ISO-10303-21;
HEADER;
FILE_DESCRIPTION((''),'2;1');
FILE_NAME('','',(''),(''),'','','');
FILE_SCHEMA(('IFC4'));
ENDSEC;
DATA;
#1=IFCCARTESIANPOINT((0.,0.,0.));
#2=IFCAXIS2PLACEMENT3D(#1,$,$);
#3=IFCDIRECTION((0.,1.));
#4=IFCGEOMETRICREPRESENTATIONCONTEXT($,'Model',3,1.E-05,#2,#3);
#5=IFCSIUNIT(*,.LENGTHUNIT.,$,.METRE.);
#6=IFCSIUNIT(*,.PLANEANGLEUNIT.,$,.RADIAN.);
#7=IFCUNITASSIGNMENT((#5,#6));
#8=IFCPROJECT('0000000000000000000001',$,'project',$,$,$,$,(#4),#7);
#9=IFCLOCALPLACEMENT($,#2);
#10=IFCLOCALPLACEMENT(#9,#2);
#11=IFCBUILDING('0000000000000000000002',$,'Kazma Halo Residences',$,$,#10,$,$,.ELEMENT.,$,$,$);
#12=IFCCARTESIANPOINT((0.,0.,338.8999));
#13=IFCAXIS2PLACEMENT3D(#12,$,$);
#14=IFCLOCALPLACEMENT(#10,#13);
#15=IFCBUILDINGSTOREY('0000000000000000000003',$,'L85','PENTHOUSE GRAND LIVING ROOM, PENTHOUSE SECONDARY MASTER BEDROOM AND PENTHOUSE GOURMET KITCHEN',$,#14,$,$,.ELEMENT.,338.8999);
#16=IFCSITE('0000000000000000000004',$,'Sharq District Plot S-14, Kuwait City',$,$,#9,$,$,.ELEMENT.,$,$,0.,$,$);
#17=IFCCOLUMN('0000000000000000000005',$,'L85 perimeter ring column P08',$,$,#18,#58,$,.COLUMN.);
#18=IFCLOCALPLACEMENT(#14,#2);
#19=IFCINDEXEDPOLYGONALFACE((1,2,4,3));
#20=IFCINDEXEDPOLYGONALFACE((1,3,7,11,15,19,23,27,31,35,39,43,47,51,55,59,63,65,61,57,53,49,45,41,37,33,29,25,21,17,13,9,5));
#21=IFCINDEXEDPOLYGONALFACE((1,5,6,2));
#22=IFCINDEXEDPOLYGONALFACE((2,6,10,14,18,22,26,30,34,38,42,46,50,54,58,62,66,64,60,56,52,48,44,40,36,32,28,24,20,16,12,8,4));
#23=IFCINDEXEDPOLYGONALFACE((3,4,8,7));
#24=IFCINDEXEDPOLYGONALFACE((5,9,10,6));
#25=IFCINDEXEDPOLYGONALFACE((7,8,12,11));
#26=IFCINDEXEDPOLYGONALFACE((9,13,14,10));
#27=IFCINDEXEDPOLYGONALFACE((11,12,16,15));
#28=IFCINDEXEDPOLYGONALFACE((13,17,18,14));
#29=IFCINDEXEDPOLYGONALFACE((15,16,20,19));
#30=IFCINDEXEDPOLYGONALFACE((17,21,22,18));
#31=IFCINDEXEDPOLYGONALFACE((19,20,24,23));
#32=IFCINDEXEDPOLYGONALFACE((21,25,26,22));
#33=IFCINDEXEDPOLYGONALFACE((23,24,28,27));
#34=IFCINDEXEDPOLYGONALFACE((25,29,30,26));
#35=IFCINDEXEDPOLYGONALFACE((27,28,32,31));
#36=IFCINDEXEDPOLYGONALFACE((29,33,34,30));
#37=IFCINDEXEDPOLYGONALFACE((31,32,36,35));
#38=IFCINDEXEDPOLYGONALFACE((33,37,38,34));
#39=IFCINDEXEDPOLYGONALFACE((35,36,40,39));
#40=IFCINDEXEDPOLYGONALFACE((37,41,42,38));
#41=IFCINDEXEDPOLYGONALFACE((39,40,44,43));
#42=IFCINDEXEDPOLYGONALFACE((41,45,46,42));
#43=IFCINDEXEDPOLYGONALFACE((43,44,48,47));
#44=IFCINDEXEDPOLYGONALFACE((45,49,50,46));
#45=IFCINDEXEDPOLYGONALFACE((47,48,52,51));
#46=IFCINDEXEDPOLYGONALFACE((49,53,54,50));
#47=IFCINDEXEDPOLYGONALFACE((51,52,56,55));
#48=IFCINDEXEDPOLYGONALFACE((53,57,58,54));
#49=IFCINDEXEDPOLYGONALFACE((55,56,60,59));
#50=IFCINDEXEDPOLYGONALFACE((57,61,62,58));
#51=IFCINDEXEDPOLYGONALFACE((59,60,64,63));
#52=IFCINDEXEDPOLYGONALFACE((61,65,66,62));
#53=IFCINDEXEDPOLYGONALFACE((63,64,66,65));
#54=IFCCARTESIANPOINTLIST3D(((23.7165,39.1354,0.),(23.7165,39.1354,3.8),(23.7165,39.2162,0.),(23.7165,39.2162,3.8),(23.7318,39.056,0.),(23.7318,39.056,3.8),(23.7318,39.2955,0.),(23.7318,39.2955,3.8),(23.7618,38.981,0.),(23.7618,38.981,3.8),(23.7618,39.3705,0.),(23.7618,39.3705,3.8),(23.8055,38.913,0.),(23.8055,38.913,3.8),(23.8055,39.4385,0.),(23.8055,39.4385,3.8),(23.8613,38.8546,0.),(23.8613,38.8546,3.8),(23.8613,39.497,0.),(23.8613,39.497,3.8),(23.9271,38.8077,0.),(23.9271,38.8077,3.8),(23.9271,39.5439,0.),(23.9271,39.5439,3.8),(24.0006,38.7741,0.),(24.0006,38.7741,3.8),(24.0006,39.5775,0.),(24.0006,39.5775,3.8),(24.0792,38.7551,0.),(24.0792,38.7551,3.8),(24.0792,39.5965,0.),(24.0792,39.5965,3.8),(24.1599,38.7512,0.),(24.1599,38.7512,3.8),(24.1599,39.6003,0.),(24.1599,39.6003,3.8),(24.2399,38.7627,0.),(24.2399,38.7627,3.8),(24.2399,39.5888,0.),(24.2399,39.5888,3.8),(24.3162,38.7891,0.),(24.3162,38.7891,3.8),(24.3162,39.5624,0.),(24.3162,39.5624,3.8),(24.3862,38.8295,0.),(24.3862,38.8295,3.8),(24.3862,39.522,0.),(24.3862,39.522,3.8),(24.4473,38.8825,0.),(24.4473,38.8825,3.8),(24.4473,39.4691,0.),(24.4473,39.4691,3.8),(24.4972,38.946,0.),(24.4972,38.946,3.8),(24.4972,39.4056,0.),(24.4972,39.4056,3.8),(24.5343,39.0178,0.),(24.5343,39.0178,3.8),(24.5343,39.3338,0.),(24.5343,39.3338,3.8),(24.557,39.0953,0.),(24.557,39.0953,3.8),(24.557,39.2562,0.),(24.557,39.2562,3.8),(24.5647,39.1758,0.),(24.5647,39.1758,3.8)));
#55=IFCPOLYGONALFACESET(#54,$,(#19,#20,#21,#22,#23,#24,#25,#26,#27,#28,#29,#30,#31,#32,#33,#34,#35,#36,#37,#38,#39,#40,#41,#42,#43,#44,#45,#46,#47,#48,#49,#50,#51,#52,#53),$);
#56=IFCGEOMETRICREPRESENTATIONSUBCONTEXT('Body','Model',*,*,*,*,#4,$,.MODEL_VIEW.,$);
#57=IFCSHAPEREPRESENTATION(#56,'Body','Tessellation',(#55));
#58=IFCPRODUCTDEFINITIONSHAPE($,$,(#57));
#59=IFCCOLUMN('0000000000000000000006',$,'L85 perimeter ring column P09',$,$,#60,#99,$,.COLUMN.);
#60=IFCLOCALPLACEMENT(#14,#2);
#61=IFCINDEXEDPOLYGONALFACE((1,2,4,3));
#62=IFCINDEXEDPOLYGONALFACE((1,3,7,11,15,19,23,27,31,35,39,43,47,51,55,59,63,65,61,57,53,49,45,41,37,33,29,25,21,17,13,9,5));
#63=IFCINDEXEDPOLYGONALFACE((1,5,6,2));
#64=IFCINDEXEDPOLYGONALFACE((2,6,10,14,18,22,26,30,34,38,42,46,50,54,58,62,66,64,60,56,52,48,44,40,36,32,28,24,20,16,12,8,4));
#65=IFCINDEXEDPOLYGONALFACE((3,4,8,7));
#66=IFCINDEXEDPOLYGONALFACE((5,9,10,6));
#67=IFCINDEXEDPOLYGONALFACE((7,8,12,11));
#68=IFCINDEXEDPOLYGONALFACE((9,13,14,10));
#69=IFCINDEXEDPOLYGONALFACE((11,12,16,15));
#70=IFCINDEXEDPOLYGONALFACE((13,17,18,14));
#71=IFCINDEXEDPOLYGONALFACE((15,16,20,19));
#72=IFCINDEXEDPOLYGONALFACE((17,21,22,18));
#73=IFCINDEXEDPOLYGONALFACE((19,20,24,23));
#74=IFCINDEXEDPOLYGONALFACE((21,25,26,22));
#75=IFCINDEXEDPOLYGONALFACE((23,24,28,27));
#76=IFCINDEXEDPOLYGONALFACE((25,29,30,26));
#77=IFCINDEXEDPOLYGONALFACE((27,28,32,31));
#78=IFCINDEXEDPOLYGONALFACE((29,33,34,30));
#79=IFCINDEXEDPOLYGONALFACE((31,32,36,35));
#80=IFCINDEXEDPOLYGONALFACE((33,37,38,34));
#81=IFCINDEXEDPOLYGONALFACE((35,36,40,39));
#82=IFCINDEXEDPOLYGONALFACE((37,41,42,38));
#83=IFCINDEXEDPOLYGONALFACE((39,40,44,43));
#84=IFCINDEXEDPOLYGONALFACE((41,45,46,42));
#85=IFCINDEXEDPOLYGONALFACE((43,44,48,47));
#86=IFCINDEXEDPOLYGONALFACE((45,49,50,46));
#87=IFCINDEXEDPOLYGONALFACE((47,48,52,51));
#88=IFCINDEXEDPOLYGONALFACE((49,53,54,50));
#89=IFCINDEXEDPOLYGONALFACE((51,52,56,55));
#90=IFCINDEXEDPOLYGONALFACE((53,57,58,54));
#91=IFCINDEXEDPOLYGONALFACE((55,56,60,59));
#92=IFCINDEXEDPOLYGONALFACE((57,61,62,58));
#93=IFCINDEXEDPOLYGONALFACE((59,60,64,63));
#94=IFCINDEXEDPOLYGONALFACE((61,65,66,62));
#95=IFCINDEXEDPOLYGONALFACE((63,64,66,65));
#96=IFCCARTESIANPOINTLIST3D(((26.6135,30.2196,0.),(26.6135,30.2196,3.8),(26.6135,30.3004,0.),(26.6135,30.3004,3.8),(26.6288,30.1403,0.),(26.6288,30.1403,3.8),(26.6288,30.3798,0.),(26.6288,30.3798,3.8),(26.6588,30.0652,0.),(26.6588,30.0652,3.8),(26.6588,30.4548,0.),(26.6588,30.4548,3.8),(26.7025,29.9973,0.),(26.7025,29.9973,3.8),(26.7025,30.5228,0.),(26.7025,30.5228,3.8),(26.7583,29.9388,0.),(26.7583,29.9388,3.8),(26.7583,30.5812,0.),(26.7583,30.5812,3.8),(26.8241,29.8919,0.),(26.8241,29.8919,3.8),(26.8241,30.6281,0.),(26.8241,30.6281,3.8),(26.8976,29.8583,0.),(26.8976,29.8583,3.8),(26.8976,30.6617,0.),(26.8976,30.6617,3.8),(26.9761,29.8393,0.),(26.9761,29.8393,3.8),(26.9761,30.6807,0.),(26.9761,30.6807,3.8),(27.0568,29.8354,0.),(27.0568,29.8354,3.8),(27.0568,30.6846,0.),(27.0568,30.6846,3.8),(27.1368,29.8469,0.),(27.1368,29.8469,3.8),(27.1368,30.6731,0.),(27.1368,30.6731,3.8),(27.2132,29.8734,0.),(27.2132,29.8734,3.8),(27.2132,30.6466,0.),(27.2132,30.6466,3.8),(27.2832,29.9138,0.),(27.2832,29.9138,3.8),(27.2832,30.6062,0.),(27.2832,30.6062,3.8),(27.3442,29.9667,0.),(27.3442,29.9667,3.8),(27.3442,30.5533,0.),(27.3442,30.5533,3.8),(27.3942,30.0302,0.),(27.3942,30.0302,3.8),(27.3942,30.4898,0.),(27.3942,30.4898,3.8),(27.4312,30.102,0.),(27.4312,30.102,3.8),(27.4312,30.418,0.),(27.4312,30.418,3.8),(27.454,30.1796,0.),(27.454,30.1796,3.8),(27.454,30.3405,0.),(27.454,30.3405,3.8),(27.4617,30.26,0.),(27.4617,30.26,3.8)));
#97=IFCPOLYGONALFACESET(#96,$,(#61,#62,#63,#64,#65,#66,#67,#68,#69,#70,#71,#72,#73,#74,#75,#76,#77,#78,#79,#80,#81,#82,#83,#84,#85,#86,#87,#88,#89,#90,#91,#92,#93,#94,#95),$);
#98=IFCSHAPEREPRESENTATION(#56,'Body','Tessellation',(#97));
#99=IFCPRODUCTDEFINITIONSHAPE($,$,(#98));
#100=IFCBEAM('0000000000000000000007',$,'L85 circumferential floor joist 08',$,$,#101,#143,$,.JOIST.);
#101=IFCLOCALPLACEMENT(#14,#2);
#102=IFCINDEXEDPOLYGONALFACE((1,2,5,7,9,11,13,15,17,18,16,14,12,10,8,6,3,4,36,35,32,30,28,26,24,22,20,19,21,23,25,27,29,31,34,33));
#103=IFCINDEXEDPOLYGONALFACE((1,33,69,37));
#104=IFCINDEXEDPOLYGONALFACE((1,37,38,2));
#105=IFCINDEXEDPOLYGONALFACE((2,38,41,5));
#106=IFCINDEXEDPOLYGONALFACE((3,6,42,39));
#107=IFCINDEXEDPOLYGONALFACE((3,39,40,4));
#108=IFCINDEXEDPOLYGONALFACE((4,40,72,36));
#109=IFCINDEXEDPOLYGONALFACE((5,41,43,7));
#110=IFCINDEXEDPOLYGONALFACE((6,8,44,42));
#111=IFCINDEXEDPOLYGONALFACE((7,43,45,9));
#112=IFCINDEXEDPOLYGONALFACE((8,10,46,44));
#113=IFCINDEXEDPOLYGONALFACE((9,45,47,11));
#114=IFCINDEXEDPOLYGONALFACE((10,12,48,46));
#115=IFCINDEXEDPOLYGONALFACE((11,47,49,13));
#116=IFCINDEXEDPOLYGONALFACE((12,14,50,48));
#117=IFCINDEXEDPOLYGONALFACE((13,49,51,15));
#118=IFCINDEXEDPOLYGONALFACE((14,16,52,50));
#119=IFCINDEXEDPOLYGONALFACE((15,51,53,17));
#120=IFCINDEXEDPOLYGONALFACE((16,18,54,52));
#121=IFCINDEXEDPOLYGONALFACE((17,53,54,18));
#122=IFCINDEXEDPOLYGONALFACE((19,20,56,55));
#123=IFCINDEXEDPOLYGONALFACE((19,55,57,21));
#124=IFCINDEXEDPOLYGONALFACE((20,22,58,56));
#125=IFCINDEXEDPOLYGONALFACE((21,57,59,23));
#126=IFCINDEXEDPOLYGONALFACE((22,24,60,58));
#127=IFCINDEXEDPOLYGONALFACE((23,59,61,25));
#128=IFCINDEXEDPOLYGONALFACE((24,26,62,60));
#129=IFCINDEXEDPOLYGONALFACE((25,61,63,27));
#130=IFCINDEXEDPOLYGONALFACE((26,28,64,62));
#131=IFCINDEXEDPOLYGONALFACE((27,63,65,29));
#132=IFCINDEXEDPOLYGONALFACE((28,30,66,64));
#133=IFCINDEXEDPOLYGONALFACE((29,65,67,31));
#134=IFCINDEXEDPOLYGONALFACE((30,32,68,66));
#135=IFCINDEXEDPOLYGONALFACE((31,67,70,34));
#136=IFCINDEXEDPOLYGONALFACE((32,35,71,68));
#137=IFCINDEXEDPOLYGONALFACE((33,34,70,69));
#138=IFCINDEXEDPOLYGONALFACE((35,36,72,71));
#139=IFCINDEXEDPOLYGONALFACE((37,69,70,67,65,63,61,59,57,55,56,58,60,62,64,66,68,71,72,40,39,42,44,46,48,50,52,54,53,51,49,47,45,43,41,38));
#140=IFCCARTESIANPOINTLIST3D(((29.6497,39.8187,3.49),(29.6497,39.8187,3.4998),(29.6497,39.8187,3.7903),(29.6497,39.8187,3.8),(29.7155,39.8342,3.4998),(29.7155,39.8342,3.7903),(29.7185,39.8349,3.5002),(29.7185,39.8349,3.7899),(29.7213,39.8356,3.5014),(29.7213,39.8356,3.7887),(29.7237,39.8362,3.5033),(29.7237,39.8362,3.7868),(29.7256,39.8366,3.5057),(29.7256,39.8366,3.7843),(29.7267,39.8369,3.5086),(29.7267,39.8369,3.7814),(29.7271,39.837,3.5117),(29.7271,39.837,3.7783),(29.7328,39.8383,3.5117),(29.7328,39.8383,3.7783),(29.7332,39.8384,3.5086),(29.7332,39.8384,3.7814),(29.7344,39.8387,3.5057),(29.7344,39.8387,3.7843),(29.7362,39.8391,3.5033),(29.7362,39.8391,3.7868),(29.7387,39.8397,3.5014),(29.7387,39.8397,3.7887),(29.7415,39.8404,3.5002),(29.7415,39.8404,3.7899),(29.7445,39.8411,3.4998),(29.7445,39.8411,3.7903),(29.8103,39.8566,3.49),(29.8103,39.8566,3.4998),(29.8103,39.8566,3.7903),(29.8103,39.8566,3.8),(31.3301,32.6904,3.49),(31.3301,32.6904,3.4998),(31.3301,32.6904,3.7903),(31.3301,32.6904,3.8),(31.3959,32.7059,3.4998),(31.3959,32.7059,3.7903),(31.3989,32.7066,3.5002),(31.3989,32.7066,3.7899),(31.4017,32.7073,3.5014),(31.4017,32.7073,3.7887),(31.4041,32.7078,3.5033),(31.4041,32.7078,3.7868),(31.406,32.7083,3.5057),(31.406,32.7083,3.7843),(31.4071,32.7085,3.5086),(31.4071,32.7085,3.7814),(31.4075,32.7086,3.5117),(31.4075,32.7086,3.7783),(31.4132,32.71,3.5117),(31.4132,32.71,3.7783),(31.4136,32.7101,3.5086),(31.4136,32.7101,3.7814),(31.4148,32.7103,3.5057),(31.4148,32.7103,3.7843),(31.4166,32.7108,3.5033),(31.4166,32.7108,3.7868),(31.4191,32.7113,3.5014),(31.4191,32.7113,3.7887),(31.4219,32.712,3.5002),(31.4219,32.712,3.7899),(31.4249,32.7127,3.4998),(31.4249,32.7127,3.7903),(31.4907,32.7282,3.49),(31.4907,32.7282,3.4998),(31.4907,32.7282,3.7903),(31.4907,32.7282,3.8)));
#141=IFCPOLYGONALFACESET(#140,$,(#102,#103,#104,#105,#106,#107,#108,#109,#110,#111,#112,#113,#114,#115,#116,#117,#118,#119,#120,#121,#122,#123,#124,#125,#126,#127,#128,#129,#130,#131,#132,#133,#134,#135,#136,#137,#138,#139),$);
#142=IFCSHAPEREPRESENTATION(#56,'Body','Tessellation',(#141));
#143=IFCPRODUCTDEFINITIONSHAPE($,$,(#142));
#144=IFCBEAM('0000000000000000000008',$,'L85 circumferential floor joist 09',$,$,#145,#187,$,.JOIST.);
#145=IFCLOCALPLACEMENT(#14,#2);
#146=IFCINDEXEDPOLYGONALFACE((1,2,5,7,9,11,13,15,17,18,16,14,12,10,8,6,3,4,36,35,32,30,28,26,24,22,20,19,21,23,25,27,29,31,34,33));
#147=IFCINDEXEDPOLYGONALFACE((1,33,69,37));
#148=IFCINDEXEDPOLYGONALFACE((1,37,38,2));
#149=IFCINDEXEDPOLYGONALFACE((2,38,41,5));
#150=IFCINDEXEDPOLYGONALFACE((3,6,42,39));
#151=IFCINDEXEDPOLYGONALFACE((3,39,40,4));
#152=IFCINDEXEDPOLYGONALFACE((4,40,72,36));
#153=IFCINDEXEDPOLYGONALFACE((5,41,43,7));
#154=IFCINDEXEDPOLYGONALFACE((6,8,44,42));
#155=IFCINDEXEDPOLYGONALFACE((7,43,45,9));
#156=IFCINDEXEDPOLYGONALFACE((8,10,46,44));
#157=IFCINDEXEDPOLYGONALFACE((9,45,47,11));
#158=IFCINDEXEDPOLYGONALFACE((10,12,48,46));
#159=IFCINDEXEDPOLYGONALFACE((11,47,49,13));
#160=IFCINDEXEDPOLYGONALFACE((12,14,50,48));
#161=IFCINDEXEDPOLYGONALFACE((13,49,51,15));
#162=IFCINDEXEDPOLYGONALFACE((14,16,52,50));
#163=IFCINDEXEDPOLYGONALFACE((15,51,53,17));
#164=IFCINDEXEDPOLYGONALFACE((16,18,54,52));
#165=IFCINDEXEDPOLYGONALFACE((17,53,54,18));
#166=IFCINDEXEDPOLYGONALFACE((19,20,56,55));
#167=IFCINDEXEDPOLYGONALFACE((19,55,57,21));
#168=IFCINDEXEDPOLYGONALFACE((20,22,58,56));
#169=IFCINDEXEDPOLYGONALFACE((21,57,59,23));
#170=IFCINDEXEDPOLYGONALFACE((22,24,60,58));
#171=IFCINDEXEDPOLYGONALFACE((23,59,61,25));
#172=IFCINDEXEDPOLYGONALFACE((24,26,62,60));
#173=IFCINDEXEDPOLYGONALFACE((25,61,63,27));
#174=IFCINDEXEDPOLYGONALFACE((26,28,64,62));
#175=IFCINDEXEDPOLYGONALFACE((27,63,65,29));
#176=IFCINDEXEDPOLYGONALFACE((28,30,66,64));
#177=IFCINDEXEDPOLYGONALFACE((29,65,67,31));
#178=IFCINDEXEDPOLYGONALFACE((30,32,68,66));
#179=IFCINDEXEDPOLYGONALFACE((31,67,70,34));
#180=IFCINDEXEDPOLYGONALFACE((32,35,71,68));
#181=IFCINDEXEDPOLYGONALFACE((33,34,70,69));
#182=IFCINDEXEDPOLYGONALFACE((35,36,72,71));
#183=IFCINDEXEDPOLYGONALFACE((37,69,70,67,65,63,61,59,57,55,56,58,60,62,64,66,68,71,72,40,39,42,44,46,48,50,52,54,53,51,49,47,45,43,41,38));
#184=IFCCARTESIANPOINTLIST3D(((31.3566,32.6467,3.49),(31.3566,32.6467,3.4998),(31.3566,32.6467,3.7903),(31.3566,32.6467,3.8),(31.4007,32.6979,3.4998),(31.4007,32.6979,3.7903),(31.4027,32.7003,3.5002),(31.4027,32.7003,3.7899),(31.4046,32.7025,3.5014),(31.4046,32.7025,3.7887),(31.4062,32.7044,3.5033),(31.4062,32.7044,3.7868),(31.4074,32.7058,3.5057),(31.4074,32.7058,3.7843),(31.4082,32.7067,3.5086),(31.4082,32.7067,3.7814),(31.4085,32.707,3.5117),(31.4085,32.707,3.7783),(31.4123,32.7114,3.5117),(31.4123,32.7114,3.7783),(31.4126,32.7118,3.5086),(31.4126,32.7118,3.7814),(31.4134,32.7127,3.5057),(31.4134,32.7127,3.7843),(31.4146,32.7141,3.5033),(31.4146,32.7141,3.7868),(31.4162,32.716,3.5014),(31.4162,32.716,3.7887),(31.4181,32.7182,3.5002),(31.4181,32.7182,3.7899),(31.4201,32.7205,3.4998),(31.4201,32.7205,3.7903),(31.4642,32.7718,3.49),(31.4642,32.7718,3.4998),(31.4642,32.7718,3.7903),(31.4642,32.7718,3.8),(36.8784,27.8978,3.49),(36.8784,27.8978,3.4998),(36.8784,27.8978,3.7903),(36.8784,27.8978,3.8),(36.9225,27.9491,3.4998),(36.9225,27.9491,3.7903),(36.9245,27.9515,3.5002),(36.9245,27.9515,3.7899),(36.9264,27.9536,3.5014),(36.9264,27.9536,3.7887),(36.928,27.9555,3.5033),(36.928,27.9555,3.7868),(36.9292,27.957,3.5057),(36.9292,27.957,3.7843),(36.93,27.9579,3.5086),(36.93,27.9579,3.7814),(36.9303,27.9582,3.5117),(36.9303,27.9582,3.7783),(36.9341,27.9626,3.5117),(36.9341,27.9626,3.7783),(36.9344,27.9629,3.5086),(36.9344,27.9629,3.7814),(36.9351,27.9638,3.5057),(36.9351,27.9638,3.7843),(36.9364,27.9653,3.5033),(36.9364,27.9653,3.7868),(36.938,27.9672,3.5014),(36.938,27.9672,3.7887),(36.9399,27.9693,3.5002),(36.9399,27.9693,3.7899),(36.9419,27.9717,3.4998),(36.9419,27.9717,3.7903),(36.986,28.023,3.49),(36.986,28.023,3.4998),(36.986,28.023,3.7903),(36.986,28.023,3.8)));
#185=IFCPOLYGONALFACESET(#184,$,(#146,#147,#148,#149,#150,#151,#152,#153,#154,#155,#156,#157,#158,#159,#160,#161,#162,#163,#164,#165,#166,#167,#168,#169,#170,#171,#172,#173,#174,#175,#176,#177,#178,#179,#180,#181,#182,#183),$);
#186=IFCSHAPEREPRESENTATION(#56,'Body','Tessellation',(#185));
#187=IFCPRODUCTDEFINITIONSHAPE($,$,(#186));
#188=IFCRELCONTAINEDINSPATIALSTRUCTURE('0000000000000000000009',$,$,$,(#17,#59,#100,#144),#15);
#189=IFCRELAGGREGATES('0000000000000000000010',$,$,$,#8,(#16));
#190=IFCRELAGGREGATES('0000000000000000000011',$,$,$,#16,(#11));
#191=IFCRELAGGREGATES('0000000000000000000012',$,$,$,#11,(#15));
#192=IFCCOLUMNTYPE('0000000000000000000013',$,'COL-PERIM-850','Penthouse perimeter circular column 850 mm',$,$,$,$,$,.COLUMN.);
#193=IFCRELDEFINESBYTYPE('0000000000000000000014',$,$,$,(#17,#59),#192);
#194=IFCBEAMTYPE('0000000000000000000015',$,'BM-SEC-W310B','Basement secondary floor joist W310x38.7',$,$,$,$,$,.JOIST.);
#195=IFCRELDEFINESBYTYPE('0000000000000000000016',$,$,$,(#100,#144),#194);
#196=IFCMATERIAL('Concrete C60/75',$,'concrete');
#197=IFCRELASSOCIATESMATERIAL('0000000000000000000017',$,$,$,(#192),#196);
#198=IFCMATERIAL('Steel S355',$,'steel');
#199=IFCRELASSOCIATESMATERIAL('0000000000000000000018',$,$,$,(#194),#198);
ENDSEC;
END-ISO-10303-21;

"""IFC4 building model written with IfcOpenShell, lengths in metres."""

from ifc_helpers import new_model, si_unit, direction, frame, origin, origin_2d, place, context, subcontext, project, spatial, circle, i_section, extrude, material, material_profile, profile_set, type_object, element, save


model = new_model("IFC4")

# Units and contexts
model_context = context("Model", 3, precision=1e-05, world=origin(), true_north=direction((0.0, 1.0)))
body_context = subcontext(model_context, "Body", "Model", "MODEL_VIEW")
ifc_project = project(units=[si_unit("LENGTHUNIT", "METRE"), si_unit("PLANEANGLEUNIT", "RADIAN")], contexts=[model_context])

# Site, building, storey
site_placement = place(None, origin())
site = spatial("IfcSite", under=ifc_project, at=site_placement, Name="Sharq District Plot S-14, Kuwait City", CompositionType="ELEMENT", RefElevation=0.0)
building_placement = place(site_placement, origin())
building = spatial("IfcBuilding", under=site, at=building_placement, Name="Kazma Halo Residences", CompositionType="ELEMENT")
storey_placement = place(building_placement, frame((0.0, 0.0, 338.8999)))
storey = spatial("IfcBuildingStorey", under=building, at=storey_placement, Name="L85", Description="PENTHOUSE GRAND LIVING ROOM, PENTHOUSE SECONDARY MASTER BEDROOM AND PENTHOUSE GOURMET KITCHEN", CompositionType="ELEMENT", Elevation=338.8999)

# Columns
ifc_material_1 = material(Name="Concrete C60/75", Category="concrete")
ifc_material_profile_1 = material_profile(ifc_material_1, circle(Radius=0.425, at=origin_2d()), Name="CIRC850")
ifc_profile_set_1 = profile_set([ifc_material_profile_1], Name="Concrete C60/75")
column_type = type_object("IfcColumnType", Name="COL-PERIM-850", Description="Penthouse perimeter circular column 850 mm", PredefinedType="COLUMN", material=ifc_profile_set_1)
for number, where, z_axis, x_axis, name in (
    (1, (24.1396, 39.1758, 0.0), (0.0, 0.0, 1.0), (1.0, 0.0, 0.0), "L85 perimeter ring column P08"),
    (2, (27.0366, 30.26, 0.0), (0.0, 0.0, 1.0), (1.0, 0.0, 0.0), "L85 perimeter ring column P09"),
):
    element("IfcColumn", number, at=place(storey_placement, frame(where, z_axis=z_axis, x_axis=x_axis)), inside=storey, type_object=column_type, Name=name, PredefinedType="COLUMN", context=body_context, shape_type="SweptSolid", body=[
        extrude(circle(Radius=0.425, at=origin_2d()), origin(), (0.0, 0.0, 1.0), 3.8),
    ])

# Beams
ifc_material_2 = material(Name="Steel S355", Category="steel")
ifc_material_profile_2 = material_profile(ifc_material_2, i_section(OverallWidth=0.165, OverallDepth=0.3101, WebThickness=0.0059, FlangeThickness=0.0098, FilletRadius=0.012, at=origin_2d()), Name="W310x38.7")
ifc_profile_set_2 = profile_set([ifc_material_profile_2], Name="Steel S355")
beam_type_1 = type_object("IfcBeamType", Name="BM-SEC-W310B", Description="Basement secondary floor joist W310x38.7", PredefinedType="JOIST", material=ifc_profile_set_2)
beam_1_placement = place(storey_placement, frame((29.73, 39.8376, 3.645), z_axis=(0.229446, -0.973321, 0.0), x_axis=(0.973321, 0.229446, 0.0)))
element("IfcBeam", 3, at=beam_1_placement, inside=storey, type_object=beam_type_1, Name="L85 circumferential floor joist 08", PredefinedType="JOIST", context=body_context, shape_type="SweptSolid", body=[
    extrude(i_section(OverallWidth=0.165, OverallDepth=0.3101, WebThickness=0.0059, FlangeThickness=0.0098, FilletRadius=0.012, at=origin_2d()), origin(), (0.0, 0.0, 1.0), 7.3237),
])
beam_2_placement = place(storey_placement, frame((31.4104, 32.7092, 3.645), z_axis=(0.758179, -0.652047, 0.0), x_axis=(0.652047, 0.758179, 0.0)))
element("IfcBeam", 4, at=beam_2_placement, inside=storey, type_object=beam_type_1, Name="L85 circumferential floor joist 09", PredefinedType="JOIST", context=body_context, shape_type="SweptSolid", body=[
    extrude(i_section(OverallWidth=0.165, OverallDepth=0.3101, WebThickness=0.0059, FlangeThickness=0.0098, FilletRadius=0.012, at=origin_2d()), origin(), (0.0, 0.0, 1.0), 7.283),
])

save(model, "model.ifc")
